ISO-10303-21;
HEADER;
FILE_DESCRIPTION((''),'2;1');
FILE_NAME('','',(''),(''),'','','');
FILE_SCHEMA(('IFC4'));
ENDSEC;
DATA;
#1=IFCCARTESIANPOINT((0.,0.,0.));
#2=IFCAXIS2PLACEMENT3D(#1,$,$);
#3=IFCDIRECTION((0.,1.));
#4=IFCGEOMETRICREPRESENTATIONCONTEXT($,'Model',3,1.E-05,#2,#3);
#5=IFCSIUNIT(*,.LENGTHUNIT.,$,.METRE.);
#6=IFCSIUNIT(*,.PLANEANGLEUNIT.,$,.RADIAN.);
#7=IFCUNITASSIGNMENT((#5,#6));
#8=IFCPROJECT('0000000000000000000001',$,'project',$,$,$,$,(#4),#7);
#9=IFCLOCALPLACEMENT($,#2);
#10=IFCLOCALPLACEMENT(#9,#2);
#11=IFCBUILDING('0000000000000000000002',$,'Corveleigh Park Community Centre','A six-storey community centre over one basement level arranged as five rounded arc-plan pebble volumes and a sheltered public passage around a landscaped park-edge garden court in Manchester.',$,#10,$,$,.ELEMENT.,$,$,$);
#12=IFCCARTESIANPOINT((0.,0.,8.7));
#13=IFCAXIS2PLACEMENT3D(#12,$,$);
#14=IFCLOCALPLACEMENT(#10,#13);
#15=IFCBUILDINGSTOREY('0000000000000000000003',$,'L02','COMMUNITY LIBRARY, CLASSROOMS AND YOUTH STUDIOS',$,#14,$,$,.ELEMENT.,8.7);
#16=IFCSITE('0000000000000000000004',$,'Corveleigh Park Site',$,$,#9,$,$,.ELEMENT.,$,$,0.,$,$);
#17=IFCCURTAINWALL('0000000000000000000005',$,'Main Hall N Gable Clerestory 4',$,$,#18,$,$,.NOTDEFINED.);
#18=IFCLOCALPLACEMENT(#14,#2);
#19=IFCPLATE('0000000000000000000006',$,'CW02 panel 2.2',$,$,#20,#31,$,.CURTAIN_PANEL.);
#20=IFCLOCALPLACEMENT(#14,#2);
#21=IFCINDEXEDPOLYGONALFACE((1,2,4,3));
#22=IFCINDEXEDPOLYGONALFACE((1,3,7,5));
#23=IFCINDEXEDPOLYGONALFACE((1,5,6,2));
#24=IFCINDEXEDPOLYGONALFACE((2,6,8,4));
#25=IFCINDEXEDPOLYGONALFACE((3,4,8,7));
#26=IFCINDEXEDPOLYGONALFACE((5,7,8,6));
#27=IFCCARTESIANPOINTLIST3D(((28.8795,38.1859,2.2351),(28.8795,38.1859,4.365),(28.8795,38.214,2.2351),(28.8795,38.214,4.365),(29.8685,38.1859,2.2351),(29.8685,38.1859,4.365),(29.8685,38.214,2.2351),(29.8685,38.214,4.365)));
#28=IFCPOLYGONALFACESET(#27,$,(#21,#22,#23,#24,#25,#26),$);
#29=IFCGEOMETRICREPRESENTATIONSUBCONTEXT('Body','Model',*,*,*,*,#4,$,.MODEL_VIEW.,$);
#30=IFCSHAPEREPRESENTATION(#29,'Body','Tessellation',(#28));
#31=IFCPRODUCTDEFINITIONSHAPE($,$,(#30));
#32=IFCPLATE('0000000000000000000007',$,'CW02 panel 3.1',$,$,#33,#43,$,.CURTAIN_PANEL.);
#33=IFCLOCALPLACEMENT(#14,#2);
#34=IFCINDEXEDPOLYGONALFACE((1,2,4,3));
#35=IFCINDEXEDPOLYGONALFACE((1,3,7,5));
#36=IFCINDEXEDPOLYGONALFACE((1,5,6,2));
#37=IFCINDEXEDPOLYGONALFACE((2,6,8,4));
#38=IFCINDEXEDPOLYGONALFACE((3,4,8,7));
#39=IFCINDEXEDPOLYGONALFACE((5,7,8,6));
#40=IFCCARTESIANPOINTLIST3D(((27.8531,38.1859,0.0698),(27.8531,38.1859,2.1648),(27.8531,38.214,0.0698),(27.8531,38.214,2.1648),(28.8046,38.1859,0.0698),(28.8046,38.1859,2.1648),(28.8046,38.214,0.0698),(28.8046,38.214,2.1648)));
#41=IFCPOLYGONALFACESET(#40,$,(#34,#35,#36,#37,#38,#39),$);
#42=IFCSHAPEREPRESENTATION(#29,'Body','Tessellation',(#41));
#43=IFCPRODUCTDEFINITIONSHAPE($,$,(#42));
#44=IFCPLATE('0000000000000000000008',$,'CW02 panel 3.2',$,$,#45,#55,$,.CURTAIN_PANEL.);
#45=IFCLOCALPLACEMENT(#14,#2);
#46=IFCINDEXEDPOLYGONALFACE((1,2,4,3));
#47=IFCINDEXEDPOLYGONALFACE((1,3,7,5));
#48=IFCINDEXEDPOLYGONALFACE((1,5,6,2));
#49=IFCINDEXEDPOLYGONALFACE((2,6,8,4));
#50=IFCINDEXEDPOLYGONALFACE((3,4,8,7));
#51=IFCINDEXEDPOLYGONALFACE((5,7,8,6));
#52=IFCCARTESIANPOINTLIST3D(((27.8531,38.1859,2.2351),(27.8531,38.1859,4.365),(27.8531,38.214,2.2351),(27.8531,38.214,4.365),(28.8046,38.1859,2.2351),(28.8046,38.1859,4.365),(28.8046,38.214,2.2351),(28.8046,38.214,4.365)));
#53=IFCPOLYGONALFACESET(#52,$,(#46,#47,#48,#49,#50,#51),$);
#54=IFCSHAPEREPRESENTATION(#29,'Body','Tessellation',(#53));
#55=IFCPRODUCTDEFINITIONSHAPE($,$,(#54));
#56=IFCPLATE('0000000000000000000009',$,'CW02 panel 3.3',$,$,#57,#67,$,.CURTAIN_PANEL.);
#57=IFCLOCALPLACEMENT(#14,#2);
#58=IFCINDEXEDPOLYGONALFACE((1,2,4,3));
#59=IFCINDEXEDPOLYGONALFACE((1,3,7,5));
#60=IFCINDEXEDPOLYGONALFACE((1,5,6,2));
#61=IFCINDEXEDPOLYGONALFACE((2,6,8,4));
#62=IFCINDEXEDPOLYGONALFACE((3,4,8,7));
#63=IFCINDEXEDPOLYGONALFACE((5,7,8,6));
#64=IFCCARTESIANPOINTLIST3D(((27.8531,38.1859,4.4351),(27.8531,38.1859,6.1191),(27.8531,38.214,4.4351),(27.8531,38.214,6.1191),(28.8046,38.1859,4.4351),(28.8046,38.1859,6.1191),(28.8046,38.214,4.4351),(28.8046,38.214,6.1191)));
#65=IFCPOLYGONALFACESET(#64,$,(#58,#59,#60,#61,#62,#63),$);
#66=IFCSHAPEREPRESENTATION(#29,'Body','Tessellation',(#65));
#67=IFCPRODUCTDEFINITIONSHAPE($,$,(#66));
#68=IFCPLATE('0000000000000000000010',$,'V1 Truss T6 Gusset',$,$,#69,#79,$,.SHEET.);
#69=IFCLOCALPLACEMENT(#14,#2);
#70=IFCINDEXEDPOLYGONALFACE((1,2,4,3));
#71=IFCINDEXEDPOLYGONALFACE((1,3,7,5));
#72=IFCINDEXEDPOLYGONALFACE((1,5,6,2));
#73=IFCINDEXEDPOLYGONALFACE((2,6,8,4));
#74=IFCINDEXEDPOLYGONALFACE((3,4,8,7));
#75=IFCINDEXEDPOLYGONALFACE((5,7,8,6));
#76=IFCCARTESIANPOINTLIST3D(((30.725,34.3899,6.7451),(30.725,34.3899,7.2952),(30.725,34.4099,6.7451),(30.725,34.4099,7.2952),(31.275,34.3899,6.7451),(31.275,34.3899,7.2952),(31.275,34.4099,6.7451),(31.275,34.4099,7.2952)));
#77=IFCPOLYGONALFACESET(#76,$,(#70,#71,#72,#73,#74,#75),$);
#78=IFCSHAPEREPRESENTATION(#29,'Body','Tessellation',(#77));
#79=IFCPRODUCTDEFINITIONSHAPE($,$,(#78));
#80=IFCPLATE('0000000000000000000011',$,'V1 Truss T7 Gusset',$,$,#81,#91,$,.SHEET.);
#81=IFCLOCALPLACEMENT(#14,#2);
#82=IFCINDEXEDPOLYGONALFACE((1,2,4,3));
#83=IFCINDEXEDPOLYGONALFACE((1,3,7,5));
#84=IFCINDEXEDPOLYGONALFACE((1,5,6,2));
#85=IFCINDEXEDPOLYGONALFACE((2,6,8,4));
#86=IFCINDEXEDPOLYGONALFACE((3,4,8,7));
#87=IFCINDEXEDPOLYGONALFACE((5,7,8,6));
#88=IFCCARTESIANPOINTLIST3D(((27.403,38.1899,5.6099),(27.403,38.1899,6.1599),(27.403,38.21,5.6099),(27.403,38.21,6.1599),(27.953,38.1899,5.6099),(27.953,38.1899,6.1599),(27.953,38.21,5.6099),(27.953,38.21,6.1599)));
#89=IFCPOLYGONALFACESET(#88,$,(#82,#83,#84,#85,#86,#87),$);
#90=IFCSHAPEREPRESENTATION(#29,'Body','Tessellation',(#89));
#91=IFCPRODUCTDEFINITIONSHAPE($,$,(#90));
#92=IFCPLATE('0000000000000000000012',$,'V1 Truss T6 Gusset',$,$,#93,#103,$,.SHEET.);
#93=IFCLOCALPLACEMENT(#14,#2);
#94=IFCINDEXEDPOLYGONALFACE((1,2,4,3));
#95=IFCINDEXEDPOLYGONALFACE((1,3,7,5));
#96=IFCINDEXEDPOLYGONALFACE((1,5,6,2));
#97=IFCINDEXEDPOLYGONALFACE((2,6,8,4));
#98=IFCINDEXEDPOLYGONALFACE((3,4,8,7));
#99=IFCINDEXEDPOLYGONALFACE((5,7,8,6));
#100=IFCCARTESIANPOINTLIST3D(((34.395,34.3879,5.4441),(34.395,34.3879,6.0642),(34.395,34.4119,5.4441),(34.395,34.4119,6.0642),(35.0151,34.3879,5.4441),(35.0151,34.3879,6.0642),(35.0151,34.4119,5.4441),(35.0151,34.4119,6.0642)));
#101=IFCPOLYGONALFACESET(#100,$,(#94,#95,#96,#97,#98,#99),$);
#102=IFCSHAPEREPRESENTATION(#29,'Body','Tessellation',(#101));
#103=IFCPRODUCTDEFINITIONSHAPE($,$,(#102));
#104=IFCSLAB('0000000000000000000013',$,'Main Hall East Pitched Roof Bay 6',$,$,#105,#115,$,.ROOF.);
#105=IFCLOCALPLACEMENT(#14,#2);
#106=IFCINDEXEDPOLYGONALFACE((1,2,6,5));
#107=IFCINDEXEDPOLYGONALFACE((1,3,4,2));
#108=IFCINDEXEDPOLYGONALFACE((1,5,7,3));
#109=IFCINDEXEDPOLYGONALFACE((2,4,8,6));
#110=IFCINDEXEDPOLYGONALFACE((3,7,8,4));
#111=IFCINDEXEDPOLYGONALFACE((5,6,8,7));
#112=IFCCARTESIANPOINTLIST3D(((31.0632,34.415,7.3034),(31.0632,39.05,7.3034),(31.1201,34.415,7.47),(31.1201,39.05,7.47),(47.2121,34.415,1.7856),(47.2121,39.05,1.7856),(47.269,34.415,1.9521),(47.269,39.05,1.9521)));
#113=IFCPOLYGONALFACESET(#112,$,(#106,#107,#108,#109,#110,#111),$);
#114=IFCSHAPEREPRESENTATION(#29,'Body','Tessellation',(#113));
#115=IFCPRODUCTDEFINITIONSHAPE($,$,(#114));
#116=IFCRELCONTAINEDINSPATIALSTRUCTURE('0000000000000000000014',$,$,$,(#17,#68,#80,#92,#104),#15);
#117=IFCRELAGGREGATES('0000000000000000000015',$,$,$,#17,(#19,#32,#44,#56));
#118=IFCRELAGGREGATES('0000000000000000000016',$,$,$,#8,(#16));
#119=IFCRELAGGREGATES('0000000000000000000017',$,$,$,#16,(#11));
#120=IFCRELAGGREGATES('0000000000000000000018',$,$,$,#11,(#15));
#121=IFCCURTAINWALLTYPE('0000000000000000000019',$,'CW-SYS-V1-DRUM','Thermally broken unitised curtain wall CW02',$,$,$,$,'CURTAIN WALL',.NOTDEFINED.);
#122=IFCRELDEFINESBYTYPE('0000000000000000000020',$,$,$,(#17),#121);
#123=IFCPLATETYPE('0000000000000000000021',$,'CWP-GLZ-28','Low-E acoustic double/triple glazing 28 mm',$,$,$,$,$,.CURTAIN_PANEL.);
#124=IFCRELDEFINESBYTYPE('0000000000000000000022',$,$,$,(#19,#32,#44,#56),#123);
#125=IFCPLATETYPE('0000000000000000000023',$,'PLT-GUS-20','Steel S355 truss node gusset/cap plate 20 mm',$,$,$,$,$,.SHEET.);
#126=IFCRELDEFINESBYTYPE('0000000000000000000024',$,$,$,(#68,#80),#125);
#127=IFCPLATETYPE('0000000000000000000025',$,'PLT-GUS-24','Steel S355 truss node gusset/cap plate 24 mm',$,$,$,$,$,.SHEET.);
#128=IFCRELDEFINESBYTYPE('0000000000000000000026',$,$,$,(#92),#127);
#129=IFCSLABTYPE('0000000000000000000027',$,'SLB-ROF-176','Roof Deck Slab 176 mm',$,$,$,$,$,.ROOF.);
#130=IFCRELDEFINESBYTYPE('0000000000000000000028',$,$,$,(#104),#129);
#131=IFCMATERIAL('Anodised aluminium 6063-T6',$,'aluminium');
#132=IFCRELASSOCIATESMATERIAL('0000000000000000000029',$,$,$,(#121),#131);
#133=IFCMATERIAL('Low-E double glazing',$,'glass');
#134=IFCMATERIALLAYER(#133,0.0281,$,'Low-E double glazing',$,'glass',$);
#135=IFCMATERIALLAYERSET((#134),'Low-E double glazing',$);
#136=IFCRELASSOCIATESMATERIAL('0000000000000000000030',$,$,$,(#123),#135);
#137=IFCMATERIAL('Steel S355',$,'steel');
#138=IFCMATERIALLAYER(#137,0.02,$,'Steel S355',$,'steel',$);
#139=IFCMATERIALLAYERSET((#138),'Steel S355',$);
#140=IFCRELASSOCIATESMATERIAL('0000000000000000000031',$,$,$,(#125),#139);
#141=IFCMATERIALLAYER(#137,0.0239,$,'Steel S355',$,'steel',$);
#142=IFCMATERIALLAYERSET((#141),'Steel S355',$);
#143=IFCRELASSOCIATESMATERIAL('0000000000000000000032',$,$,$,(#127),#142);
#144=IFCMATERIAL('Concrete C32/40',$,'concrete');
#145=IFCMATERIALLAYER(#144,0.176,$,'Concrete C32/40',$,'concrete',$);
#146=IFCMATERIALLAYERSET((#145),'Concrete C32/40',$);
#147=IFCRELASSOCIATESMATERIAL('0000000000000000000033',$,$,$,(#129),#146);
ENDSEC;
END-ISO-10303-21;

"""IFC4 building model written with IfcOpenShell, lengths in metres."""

from ifc_helpers import new_model, si_unit, direction, frame, origin, origin_2d, place, context, subcontext, project, spatial, polyline, rectangle, outline, extrude, material, layer, layer_set, type_object, element, aggregate, save


model = new_model("IFC4")

# Units and contexts
model_context = context("Model", 3, precision=1e-05, world=origin(), true_north=direction((0.0, 1.0)))
body_context = subcontext(model_context, "Body", "Model", "MODEL_VIEW")
ifc_project = project(units=[si_unit("LENGTHUNIT", "METRE"), si_unit("PLANEANGLEUNIT", "RADIAN")], contexts=[model_context])

# Site, building, storey
site_placement = place(None, origin())
site = spatial("IfcSite", under=ifc_project, at=site_placement, Name="Corveleigh Park Site", CompositionType="ELEMENT", RefElevation=0.0)
building_placement = place(site_placement, origin())
building = spatial("IfcBuilding", under=site, at=building_placement, Name="Corveleigh Park Community Centre", Description="A six-storey community centre over one basement level arranged as five rounded arc-plan pebble volumes and a sheltered public passage around a landscaped park-edge garden court in Manchester.", CompositionType="ELEMENT")
storey_placement = place(building_placement, frame((0.0, 0.0, 8.7)))
storey = spatial("IfcBuildingStorey", under=building, at=storey_placement, Name="L02", Description="COMMUNITY LIBRARY, CLASSROOMS AND YOUTH STUDIOS", CompositionType="ELEMENT", Elevation=8.7)

# Shared definitions
ifc_material_1 = material(Name="Anodised aluminium 6063-T6", Category="aluminium")
curtain_wall_type = type_object("IfcCurtainWallType", Name="CW-SYS-V1-DRUM", Description="Thermally broken unitised curtain wall CW02", ElementType="CURTAIN WALL", PredefinedType="NOTDEFINED", material=ifc_material_1)

# Curtain wall
curtain_wall_1_placement = place(storey_placement, origin())
curtain_wall_1 = element("IfcCurtainWall", 1, at=curtain_wall_1_placement, inside=storey, type_object=curtain_wall_type, Name="Main Hall N Gable Clerestory 4", PredefinedType="NOTDEFINED")

# Shared definitions
ifc_material_2 = material(Name="Steel S355", Category="steel")

# Plates
ifc_material_3 = material(Name="Low-E double glazing", Category="glass")
ifc_layer_1 = layer(ifc_material_3, 0.0281, Name="Low-E double glazing", Category="glass")
ifc_layer_set_1 = layer_set([ifc_layer_1], Name="Low-E double glazing")
plate_type_1 = type_object("IfcPlateType", Name="CWP-GLZ-28", Description="Low-E acoustic double/triple glazing 28 mm", PredefinedType="CURTAIN_PANEL", material=ifc_layer_set_1)
plate_1_placement = place(storey_placement, frame((29.374, 38.2, 2.2351), z_axis=(0.0, 0.0, 1.0), x_axis=(-1.0, 0.0, 0.0)))
plate_1 = element("IfcPlate", 2, at=plate_1_placement, type_object=plate_type_1, Name="CW02 panel 2.2", PredefinedType="CURTAIN_PANEL", context=body_context, shape_type="SweptSolid", body=[
    extrude(rectangle(XDim=0.989, YDim=0.0281, at=origin_2d()), origin(), (0.0, 0.0, 1.0), 2.1299),
])
plate_2_placement = place(storey_placement, frame((28.3289, 38.2, 0.0698), z_axis=(0.0, 0.0, 1.0), x_axis=(-1.0, 0.0, 0.0)))
plate_2 = element("IfcPlate", 3, at=plate_2_placement, type_object=plate_type_1, Name="CW02 panel 3.1", PredefinedType="CURTAIN_PANEL", context=body_context, shape_type="SweptSolid", body=[
    extrude(rectangle(XDim=0.9514, YDim=0.0281, at=origin_2d()), origin(), (0.0, 0.0, 1.0), 2.095),
])
plate_3_placement = place(storey_placement, frame((28.3289, 38.2, 2.2351), z_axis=(0.0, 0.0, 1.0), x_axis=(-1.0, 0.0, 0.0)))
plate_3 = element("IfcPlate", 4, at=plate_3_placement, type_object=plate_type_1, Name="CW02 panel 3.2", PredefinedType="CURTAIN_PANEL", context=body_context, shape_type="SweptSolid", body=[
    extrude(rectangle(XDim=0.9514, YDim=0.0281, at=origin_2d()), origin(), (0.0, 0.0, 1.0), 2.1299),
])
plate_4_placement = place(storey_placement, frame((28.3289, 38.2, 4.4351), z_axis=(0.0, 0.0, 1.0), x_axis=(-1.0, 0.0, 0.0)))
plate_4 = element("IfcPlate", 5, at=plate_4_placement, type_object=plate_type_1, Name="CW02 panel 3.3", PredefinedType="CURTAIN_PANEL", context=body_context, shape_type="SweptSolid", body=[
    extrude(rectangle(XDim=0.9514, YDim=0.0281, at=origin_2d()), origin(), (0.0, 0.0, 1.0), 1.6841),
])
aggregate(curtain_wall_1, [plate_1, plate_2, plate_3, plate_4])

# Plates
ifc_layer_2 = layer(ifc_material_2, 0.02, Name="Steel S355", Category="steel")
ifc_layer_set_2 = layer_set([ifc_layer_2], Name="Steel S355")
plate_type_2 = type_object("IfcPlateType", Name="PLT-GUS-20", Description="Steel S355 truss node gusset/cap plate 20 mm", PredefinedType="SHEET", material=ifc_layer_set_2)
for number, where, z_axis, x_axis, name in (
    (6, (31.0, 34.3999, 6.7451), (0.0, 0.0, 1.0), (1.0, 0.0, 0.0), "V1 Truss T6 Gusset"),
    (7, (27.678, 38.2, 5.6099), (0.0, 0.0, 1.0), (1.0, 0.0, 0.0), "V1 Truss T7 Gusset"),
):
    element("IfcPlate", number, at=place(storey_placement, frame(where, z_axis=z_axis, x_axis=x_axis)), inside=storey, type_object=plate_type_2, Name=name, PredefinedType="SHEET", context=body_context, shape_type="SweptSolid", body=[
        extrude(rectangle(XDim=0.55, YDim=0.02, at=origin_2d()), origin(), (0.0, 0.0, 1.0), 0.55),
    ])
ifc_layer_3 = layer(ifc_material_2, 0.0239, Name="Steel S355", Category="steel")
ifc_layer_set_3 = layer_set([ifc_layer_3], Name="Steel S355")
plate_type_3 = type_object("IfcPlateType", Name="PLT-GUS-24", Description="Steel S355 truss node gusset/cap plate 24 mm", PredefinedType="SHEET", material=ifc_layer_set_3)
plate_5_placement = place(storey_placement, frame((34.7051, 34.3999, 5.4441), z_axis=(0.0, 0.0, 1.0), x_axis=(1.0, 0.0, 0.0)))
element("IfcPlate", 8, at=plate_5_placement, inside=storey, type_object=plate_type_3, Name="V1 Truss T6 Gusset", PredefinedType="SHEET", context=body_context, shape_type="SweptSolid", body=[
    extrude(rectangle(XDim=0.6201, YDim=0.0239, at=origin_2d()), origin(), (0.0, 0.0, 1.0), 0.6201),
])

# Slab
ifc_material_4 = material(Name="Concrete C32/40", Category="concrete")
ifc_layer_4 = layer(ifc_material_4, 0.176, Name="Concrete C32/40", Category="concrete")
ifc_layer_set_4 = layer_set([ifc_layer_4], Name="Concrete C32/40")
slab_type = type_object("IfcSlabType", Name="SLB-ROF-176", Description="Roof Deck Slab 176 mm", PredefinedType="ROOF", material=ifc_layer_set_4)
slab_placement = place(storey_placement, frame((31.1201, 34.415, 7.47), z_axis=(0.32333, 0.0, 0.946286), x_axis=(0.946286, 0.0, -0.32333)))
element("IfcSlab", 9, at=slab_placement, inside=storey, type_object=slab_type, Name="Main Hall East Pitched Roof Bay 6", PredefinedType="ROOF", context=body_context, shape_type="SweptSolid", body=[
    extrude(outline(polyline([(0.0, 0.0), (17.0656, 0.0), (17.0656, 4.635), (0.0, 4.635), (0.0, 0.0)])), origin(), (0.0, 0.0, -1.0), 0.176),
])

save(model, "model.ifc")
